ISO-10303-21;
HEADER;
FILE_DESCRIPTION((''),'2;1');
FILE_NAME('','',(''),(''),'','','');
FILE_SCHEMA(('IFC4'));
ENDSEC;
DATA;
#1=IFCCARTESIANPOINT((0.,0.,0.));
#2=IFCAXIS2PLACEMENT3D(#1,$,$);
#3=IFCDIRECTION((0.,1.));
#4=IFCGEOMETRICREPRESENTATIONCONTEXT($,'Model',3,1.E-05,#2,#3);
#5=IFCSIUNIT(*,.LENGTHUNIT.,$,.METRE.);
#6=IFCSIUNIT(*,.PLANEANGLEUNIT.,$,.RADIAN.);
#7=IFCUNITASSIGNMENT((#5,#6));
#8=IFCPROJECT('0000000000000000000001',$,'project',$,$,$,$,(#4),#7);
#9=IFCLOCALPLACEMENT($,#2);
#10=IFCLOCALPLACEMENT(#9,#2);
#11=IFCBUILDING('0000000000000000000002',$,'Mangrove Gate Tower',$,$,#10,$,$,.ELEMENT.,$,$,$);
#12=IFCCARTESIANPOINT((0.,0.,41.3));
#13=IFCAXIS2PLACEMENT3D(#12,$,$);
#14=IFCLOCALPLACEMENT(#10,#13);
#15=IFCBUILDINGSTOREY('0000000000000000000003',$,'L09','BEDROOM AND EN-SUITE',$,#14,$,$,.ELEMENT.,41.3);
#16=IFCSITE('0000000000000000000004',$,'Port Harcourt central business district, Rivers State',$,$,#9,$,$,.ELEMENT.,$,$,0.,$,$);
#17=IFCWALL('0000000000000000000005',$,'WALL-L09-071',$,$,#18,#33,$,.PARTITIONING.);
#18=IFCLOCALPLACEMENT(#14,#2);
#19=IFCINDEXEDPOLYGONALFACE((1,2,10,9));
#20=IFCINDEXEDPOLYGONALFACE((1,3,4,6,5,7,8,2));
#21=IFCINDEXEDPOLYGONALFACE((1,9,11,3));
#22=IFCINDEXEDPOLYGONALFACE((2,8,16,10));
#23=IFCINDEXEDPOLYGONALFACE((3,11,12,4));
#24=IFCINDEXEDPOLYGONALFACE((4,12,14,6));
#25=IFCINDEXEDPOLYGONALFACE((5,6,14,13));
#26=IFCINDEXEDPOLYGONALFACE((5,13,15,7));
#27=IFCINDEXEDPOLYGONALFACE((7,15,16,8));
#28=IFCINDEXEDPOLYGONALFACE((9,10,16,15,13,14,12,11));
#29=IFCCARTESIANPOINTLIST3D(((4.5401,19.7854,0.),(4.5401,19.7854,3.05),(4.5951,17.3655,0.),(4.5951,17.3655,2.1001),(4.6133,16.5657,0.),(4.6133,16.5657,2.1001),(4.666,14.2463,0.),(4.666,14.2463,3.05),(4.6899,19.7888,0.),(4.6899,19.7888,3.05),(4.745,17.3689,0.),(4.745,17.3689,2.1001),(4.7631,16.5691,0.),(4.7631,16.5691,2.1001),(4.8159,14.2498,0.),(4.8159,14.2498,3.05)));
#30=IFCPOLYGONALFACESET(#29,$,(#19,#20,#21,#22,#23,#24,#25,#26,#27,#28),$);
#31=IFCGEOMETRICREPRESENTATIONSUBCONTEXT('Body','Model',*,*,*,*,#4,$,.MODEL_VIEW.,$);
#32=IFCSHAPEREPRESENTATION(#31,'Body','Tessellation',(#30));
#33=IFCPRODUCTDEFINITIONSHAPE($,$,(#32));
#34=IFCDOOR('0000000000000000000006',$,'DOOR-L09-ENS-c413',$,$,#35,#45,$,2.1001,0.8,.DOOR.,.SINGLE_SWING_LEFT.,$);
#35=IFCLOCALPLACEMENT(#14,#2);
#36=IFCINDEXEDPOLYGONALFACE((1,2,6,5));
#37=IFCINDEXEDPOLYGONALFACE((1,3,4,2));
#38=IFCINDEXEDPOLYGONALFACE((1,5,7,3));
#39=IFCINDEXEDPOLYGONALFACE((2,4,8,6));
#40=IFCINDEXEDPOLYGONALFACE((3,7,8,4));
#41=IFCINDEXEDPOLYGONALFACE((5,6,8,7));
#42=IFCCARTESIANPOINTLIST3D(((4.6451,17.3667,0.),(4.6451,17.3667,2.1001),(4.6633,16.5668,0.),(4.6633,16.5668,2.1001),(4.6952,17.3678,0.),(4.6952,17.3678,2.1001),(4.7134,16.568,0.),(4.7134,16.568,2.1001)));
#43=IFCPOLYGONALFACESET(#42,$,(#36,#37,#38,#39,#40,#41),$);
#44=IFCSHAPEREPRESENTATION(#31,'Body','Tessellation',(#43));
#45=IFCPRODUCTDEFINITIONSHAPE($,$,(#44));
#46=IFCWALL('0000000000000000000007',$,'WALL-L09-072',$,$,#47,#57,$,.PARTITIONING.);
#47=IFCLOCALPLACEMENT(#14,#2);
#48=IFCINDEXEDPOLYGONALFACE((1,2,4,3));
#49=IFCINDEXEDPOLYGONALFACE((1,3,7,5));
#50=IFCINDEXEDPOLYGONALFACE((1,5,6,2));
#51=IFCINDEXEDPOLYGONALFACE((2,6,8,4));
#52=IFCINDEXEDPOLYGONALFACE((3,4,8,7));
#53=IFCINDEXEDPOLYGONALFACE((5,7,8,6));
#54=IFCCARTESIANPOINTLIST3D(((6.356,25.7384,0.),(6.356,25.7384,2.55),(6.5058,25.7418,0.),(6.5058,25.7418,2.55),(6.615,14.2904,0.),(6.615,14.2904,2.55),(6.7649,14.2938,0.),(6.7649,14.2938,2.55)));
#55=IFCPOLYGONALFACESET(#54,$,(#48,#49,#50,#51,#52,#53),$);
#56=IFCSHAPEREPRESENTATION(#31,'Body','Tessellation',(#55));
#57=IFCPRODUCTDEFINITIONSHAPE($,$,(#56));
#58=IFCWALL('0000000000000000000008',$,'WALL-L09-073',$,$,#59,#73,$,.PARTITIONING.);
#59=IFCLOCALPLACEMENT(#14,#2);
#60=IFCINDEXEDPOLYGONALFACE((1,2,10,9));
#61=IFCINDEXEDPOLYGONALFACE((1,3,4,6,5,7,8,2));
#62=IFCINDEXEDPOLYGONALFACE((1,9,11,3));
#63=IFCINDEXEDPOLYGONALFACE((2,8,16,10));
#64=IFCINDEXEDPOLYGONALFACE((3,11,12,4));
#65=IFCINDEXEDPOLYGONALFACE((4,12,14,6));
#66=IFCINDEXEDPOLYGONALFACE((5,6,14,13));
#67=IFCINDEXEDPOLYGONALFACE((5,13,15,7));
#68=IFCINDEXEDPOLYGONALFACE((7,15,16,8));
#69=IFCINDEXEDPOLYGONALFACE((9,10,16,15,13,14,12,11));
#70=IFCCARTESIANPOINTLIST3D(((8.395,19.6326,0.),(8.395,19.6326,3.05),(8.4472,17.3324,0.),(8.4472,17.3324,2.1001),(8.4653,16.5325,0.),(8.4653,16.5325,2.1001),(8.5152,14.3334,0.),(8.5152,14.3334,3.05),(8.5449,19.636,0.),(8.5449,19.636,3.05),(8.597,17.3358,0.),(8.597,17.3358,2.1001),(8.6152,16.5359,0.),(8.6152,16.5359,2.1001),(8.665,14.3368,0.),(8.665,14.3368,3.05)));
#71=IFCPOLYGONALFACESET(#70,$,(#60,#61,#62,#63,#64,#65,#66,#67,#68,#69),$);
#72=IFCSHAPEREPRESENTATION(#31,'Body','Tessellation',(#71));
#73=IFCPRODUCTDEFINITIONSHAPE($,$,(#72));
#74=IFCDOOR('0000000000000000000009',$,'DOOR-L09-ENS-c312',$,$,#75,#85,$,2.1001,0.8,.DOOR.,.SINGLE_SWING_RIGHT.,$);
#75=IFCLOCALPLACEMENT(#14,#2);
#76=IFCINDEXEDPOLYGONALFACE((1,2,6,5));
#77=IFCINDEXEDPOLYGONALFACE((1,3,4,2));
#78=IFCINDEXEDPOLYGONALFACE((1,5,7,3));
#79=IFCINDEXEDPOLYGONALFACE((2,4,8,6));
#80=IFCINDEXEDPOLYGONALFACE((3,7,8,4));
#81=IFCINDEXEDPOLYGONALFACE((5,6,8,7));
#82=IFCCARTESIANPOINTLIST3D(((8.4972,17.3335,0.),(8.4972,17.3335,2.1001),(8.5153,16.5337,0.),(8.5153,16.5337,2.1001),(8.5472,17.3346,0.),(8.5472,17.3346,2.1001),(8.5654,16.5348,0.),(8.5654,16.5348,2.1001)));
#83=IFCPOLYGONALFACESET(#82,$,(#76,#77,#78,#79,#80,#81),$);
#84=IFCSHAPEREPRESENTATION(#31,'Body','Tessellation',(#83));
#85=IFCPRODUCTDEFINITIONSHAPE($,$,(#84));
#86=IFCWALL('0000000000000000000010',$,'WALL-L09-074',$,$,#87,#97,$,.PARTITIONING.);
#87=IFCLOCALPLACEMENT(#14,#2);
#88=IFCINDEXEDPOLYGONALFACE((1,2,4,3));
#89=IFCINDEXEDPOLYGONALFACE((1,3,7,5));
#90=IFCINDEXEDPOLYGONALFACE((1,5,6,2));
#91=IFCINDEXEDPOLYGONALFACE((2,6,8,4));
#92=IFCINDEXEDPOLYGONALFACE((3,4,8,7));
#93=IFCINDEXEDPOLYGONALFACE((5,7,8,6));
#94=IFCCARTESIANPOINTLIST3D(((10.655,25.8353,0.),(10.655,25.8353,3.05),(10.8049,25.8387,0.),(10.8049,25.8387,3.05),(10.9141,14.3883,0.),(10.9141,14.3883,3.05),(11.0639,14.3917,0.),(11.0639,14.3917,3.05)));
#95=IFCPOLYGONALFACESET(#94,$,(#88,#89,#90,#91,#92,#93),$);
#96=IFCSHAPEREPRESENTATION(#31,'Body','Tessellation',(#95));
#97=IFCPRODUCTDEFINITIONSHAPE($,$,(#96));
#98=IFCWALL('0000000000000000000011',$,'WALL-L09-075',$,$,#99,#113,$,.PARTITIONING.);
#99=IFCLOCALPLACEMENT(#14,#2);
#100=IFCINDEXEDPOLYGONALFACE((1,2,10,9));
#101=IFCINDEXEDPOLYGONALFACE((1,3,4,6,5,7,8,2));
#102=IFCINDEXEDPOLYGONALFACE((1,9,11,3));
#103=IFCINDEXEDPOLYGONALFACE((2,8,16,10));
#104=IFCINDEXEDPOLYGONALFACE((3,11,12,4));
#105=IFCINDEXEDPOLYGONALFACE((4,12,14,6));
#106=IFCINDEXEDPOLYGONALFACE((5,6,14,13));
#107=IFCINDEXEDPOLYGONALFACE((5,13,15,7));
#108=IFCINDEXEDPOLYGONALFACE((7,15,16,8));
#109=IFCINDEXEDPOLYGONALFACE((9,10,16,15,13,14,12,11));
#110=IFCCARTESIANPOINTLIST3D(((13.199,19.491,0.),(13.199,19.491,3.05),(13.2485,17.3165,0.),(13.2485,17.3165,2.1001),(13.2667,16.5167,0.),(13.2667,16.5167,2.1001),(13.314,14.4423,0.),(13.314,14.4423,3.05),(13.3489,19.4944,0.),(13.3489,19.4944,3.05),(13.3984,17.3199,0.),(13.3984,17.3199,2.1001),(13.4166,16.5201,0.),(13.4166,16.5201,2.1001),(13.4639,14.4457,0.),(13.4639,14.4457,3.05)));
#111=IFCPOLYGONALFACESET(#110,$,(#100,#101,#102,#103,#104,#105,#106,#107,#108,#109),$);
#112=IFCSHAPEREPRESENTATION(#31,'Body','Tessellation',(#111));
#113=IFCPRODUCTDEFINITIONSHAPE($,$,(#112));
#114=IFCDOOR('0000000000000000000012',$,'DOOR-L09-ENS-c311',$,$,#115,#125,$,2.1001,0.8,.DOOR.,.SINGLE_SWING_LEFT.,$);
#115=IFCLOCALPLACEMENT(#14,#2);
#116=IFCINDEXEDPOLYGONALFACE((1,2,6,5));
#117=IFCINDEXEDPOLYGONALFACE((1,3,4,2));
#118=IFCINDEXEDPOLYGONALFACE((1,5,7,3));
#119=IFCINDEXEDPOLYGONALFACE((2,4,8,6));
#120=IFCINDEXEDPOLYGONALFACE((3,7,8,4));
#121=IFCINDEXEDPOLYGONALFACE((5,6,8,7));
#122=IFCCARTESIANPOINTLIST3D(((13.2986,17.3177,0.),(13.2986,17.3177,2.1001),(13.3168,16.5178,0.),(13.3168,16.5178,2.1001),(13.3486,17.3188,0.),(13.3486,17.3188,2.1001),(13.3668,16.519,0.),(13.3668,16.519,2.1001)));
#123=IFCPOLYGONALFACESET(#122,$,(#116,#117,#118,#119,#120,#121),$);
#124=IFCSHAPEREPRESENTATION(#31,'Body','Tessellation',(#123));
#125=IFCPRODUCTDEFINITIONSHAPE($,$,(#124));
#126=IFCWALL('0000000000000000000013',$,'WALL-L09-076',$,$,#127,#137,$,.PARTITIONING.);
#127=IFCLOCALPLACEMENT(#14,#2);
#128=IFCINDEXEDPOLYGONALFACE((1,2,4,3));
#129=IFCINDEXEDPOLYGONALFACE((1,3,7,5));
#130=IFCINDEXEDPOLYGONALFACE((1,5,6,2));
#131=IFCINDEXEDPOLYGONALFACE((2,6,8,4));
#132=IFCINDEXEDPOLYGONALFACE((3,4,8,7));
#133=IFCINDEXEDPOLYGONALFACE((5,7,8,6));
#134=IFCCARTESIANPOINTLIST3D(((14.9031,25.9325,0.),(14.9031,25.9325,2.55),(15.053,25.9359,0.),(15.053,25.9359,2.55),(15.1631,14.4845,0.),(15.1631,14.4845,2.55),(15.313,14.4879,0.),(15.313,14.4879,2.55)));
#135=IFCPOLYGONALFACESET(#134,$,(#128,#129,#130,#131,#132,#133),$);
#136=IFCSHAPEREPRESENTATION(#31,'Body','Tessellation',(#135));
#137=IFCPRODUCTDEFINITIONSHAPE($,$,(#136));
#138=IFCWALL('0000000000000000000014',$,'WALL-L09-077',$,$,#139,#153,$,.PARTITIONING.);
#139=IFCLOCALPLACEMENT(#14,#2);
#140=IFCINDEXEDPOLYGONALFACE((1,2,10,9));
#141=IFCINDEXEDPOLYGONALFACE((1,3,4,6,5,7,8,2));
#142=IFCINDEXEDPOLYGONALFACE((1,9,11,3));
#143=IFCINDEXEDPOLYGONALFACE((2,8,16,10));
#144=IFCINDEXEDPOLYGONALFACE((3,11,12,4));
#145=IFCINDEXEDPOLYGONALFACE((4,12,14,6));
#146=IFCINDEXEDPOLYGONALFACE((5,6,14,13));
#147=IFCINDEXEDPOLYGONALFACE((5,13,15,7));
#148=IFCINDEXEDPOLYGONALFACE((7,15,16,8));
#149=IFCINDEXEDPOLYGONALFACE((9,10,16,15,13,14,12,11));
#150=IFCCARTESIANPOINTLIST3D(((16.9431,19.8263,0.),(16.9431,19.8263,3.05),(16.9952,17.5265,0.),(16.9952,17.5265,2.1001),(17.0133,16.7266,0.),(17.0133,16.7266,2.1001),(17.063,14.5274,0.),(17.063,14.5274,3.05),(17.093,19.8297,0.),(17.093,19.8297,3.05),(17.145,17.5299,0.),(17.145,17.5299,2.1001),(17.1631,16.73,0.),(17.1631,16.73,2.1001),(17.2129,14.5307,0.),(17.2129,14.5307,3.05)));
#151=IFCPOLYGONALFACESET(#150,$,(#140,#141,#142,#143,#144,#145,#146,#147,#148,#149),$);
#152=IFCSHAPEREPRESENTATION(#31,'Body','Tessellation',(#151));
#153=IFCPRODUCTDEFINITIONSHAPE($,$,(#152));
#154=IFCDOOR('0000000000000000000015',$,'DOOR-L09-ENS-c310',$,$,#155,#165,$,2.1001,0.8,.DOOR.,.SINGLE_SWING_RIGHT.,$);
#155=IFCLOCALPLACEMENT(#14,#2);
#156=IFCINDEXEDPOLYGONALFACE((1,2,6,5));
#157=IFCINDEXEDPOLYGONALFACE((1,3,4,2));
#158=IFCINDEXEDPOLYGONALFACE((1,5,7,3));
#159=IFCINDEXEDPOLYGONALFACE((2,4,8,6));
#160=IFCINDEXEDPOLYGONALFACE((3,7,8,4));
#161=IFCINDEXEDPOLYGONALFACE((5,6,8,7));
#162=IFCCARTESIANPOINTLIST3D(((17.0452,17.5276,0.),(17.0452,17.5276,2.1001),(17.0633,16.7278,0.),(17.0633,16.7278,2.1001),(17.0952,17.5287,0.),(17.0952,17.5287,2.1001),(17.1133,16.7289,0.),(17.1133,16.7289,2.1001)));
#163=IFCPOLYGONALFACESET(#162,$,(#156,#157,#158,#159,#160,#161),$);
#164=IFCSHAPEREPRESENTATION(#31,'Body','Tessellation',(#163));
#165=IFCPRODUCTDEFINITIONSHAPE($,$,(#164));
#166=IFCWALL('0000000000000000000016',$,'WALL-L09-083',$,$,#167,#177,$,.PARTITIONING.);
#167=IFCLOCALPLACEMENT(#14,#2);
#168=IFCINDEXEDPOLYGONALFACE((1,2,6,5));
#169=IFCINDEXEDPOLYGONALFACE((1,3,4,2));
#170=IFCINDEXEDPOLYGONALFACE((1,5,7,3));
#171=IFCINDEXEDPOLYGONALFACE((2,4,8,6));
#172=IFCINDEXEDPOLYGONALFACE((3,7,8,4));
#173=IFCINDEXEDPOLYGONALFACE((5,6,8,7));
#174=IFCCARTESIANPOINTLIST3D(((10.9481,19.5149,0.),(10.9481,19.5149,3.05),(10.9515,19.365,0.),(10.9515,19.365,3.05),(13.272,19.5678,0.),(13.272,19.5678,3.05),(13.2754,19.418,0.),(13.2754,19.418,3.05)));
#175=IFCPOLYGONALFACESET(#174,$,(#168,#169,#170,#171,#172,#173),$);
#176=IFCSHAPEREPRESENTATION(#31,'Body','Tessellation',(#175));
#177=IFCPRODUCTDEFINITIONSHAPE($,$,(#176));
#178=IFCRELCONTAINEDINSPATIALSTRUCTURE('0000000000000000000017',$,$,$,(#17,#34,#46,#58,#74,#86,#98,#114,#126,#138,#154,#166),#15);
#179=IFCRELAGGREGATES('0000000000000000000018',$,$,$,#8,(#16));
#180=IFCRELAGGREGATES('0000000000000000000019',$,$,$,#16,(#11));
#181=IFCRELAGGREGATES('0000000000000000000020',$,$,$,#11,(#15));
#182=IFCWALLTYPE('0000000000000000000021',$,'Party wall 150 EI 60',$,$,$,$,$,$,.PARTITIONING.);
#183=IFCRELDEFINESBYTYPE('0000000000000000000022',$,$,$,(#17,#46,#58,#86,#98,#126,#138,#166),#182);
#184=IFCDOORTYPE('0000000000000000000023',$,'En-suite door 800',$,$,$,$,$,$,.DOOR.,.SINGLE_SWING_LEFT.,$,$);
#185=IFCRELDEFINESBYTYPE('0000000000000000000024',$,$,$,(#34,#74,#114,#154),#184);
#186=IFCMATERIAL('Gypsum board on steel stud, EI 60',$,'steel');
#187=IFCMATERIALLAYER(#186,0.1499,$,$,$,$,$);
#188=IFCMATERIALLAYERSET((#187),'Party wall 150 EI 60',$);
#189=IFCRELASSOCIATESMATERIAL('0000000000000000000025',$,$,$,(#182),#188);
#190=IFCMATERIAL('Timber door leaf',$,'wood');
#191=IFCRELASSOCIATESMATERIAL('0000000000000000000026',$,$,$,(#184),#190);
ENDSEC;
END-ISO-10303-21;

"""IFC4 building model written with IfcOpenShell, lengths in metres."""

from ifc_helpers import new_model, si_unit, direction, frame, frame_2d, origin, place, context, subcontext, project, spatial, rectangle, extrude, material, layer, layer_set, type_object, element, fill, save


model = new_model("IFC4")

# Units and contexts
model_context = context("Model", 3, precision=1e-05, world=origin(), true_north=direction((0.0, 1.0)))
body_context = subcontext(model_context, "Body", "Model", "MODEL_VIEW")
ifc_project = project(units=[si_unit("LENGTHUNIT", "METRE"), si_unit("PLANEANGLEUNIT", "RADIAN")], contexts=[model_context])

# Site, building, storey
site_placement = place(None, origin())
site = spatial("IfcSite", under=ifc_project, at=site_placement, Name="Port Harcourt central business district, Rivers State", CompositionType="ELEMENT", RefElevation=0.0)
building_placement = place(site_placement, origin())
building = spatial("IfcBuilding", under=site, at=building_placement, Name="Mangrove Gate Tower", CompositionType="ELEMENT")
storey_placement = place(building_placement, frame((0.0, 0.0, 41.3)))
storey = spatial("IfcBuildingStorey", under=building, at=storey_placement, Name="L09", Description="BEDROOM AND EN-SUITE", CompositionType="ELEMENT", Elevation=41.3)

# Shared definitions
ifc_material_1 = material(Name="Gypsum board on steel stud, EI 60", Category="steel")
ifc_layer_1 = layer(ifc_material_1, 0.1499)
ifc_layer_set_1 = layer_set([ifc_layer_1], Name="Party wall 150 EI 60")
wall_type_1 = type_object("IfcWallType", Name="Party wall 150 EI 60", PredefinedType="PARTITIONING", material=ifc_layer_set_1)
ifc_material_2 = material(Name="Timber door leaf", Category="wood")
door_type_1 = type_object("IfcDoorType", Name="En-suite door 800", OperationType="SINGLE_SWING_LEFT", PredefinedType="DOOR", material=ifc_material_2)

# Wall, opening, door
wall_1_placement = place(storey_placement, frame((4.741, 14.248, 0.0), z_axis=(0.0, 0.0, 1.0), x_axis=(-0.022737, 0.999741, 0.0)))
wall_1 = element("IfcWall", 1, at=wall_1_placement, inside=storey, type_object=wall_type_1, Name="WALL-L09-071", PredefinedType="PARTITIONING", context=body_context, shape_type="SweptSolid", body=[
    extrude(rectangle(XDim=5.5405, YDim=0.1499, at=frame_2d((2.7703, 0.0))), origin(), (0.0, 0.0, 1.0), 3.05),
])
opening_1_placement = place(wall_1_placement, frame((2.3201, 0.0, 0.0)))
opening_1 = element("IfcOpeningElement", 2, at=opening_1_placement, cuts=wall_1, PredefinedType="OPENING", context=body_context, shape_type="SweptSolid", body=[
    extrude(rectangle(XDim=0.8, YDim=2.1001, at=frame_2d((0.3999, 1.05))), frame((0.0, 0.085, 0.0), z_axis=(0.0, -1.0, 0.0), x_axis=(1.0, 0.0, 0.0)), (0.0, 0.0, 1.0), 0.1699),
])
door_1_placement = place(opening_1_placement, origin())
door_1 = element("IfcDoor", 3, at=door_1_placement, inside=storey, type_object=door_type_1, Name="DOOR-L09-ENS-c413", OperationType="SINGLE_SWING_LEFT", OverallHeight=2.1001, OverallWidth=0.8, PredefinedType="DOOR", context=body_context, shape_type="SweptSolid", body=[
    extrude(rectangle(XDim=0.8, YDim=2.1001, at=frame_2d((0.3999, 1.05))), frame((0.0, 0.0249, 0.0), z_axis=(0.0, -1.0, 0.0), x_axis=(1.0, 0.0, 0.0)), (0.0, 0.0, 1.0), 0.05),
])
fill(opening_1, door_1)

# Wall
wall_2_placement = place(storey_placement, frame((6.6899, 14.292, 0.0), z_axis=(0.0, 0.0, 1.0), x_axis=(-0.022621, 0.999744, 0.0)))
element("IfcWall", 4, at=wall_2_placement, inside=storey, type_object=wall_type_1, Name="WALL-L09-072", PredefinedType="PARTITIONING", context=body_context, shape_type="SweptSolid", body=[
    extrude(rectangle(XDim=11.4509, YDim=0.1499, at=frame_2d((5.7256, 0.0))), origin(), (0.0, 0.0, 1.0), 2.55),
])

# Wall, opening, door
wall_3_placement = place(storey_placement, frame((8.5901, 14.335, 0.0), z_axis=(0.0, 0.0, 1.0), x_axis=(-0.022662, 0.999743, 0.0)))
wall_3 = element("IfcWall", 5, at=wall_3_placement, inside=storey, type_object=wall_type_1, Name="WALL-L09-073", PredefinedType="PARTITIONING", context=body_context, shape_type="SweptSolid", body=[
    extrude(rectangle(XDim=5.3005, YDim=0.1499, at=frame_2d((2.6504, 0.0))), origin(), (0.0, 0.0, 1.0), 3.05),
])
opening_2_placement = place(wall_3_placement, frame((2.2, 0.0, 0.0)))
opening_2 = element("IfcOpeningElement", 6, at=opening_2_placement, cuts=wall_3, PredefinedType="OPENING", context=body_context, shape_type="SweptSolid", body=[
    extrude(rectangle(XDim=0.8, YDim=2.1001, at=frame_2d((0.3999, 1.05))), frame((0.0, 0.085, 0.0), z_axis=(0.0, -1.0, 0.0), x_axis=(1.0, 0.0, 0.0)), (0.0, 0.0, 1.0), 0.1699),
])
door_2_placement = place(opening_2_placement, origin())
door_2 = element("IfcDoor", 7, at=door_2_placement, inside=storey, type_object=door_type_1, Name="DOOR-L09-ENS-c312", OperationType="SINGLE_SWING_RIGHT", OverallHeight=2.1001, OverallWidth=0.8, PredefinedType="DOOR", context=body_context, shape_type="SweptSolid", body=[
    extrude(rectangle(XDim=0.8, YDim=2.1001, at=frame_2d((0.3999, 1.05))), frame((0.0, 0.0249, 0.0), z_axis=(0.0, -1.0, 0.0), x_axis=(1.0, 0.0, 0.0)), (0.0, 0.0, 1.0), 0.05),
])
fill(opening_2, door_2)

# Wall
wall_4_placement = place(storey_placement, frame((10.989, 14.3899, 0.0), z_axis=(0.0, 0.0, 1.0), x_axis=(-0.022623, 0.999744, 0.0)))
element("IfcWall", 8, at=wall_4_placement, inside=storey, type_object=wall_type_1, Name="WALL-L09-074", PredefinedType="PARTITIONING", context=body_context, shape_type="SweptSolid", body=[
    extrude(rectangle(XDim=11.45, YDim=0.1499, at=frame_2d((5.7251, 0.0))), origin(), (0.0, 0.0, 1.0), 3.05),
])

# Wall, opening, door
wall_5_placement = place(storey_placement, frame((13.3889, 14.4441, 0.0), z_axis=(0.0, 0.0, 1.0), x_axis=(-0.02277, 0.999741, 0.0)))
wall_5 = element("IfcWall", 9, at=wall_5_placement, inside=storey, type_object=wall_type_1, Name="WALL-L09-075", PredefinedType="PARTITIONING", context=body_context, shape_type="SweptSolid", body=[
    extrude(rectangle(XDim=5.05, YDim=0.1499, at=frame_2d((2.5249, 0.0))), origin(), (0.0, 0.0, 1.0), 3.05),
])
opening_3_placement = place(wall_5_placement, frame((2.075, 0.0, 0.0)))
opening_3 = element("IfcOpeningElement", 10, at=opening_3_placement, cuts=wall_5, PredefinedType="OPENING", context=body_context, shape_type="SweptSolid", body=[
    extrude(rectangle(XDim=0.8, YDim=2.1001, at=frame_2d((0.3999, 1.05))), frame((0.0, 0.085, 0.0), z_axis=(0.0, -1.0, 0.0), x_axis=(1.0, 0.0, 0.0)), (0.0, 0.0, 1.0), 0.1699),
])
door_3_placement = place(opening_3_placement, origin())
door_3 = element("IfcDoor", 11, at=door_3_placement, inside=storey, type_object=door_type_1, Name="DOOR-L09-ENS-c311", OperationType="SINGLE_SWING_LEFT", OverallHeight=2.1001, OverallWidth=0.8, PredefinedType="DOOR", context=body_context, shape_type="SweptSolid", body=[
    extrude(rectangle(XDim=0.8, YDim=2.1001, at=frame_2d((0.3999, 1.05))), frame((0.0, 0.0249, 0.0), z_axis=(0.0, -1.0, 0.0), x_axis=(1.0, 0.0, 0.0)), (0.0, 0.0, 1.0), 0.05),
])
fill(opening_3, door_3)

# Wall
wall_6_placement = place(storey_placement, frame((15.238, 14.4861, 0.0), z_axis=(0.0, 0.0, 1.0), x_axis=(-0.022706, 0.999742, 0.0)))
element("IfcWall", 12, at=wall_6_placement, inside=storey, type_object=wall_type_1, Name="WALL-L09-076", PredefinedType="PARTITIONING", context=body_context, shape_type="SweptSolid", body=[
    extrude(rectangle(XDim=11.4509, YDim=0.1499, at=frame_2d((5.7256, 0.0))), origin(), (0.0, 0.0, 1.0), 2.55),
])

# Wall, opening, door
wall_7_placement = place(storey_placement, frame((17.1379, 14.5291, 0.0), z_axis=(0.0, 0.0, 1.0), x_axis=(-0.022617, 0.999744, 0.0)))
wall_7 = element("IfcWall", 13, at=wall_7_placement, inside=storey, type_object=wall_type_1, Name="WALL-L09-077", PredefinedType="PARTITIONING", context=body_context, shape_type="SweptSolid", body=[
    extrude(rectangle(XDim=5.3003, YDim=0.1499, at=frame_2d((2.6501, 0.0))), origin(), (0.0, 0.0, 1.0), 3.05),
])
opening_4_placement = place(wall_7_placement, frame((2.2, 0.0, 0.0)))
opening_4 = element("IfcOpeningElement", 14, at=opening_4_placement, cuts=wall_7, PredefinedType="OPENING", context=body_context, shape_type="SweptSolid", body=[
    extrude(rectangle(XDim=0.8, YDim=2.1001, at=frame_2d((0.3999, 1.05))), frame((0.0, 0.085, 0.0), z_axis=(0.0, -1.0, 0.0), x_axis=(1.0, 0.0, 0.0)), (0.0, 0.0, 1.0), 0.1699),
])
door_4_placement = place(opening_4_placement, origin())
door_4 = element("IfcDoor", 15, at=door_4_placement, inside=storey, type_object=door_type_1, Name="DOOR-L09-ENS-c310", OperationType="SINGLE_SWING_RIGHT", OverallHeight=2.1001, OverallWidth=0.8, PredefinedType="DOOR", context=body_context, shape_type="SweptSolid", body=[
    extrude(rectangle(XDim=0.8, YDim=2.1001, at=frame_2d((0.3999, 1.05))), frame((0.0, 0.0249, 0.0), z_axis=(0.0, -1.0, 0.0), x_axis=(1.0, 0.0, 0.0)), (0.0, 0.0, 1.0), 0.05),
])
fill(opening_4, door_4)

# Wall
for number, where, z_axis, x_axis, name in (
    (16, (10.95, 19.4399, 0.0), (0.0, 0.0, 1.0), (0.99974, 0.022791, 0.0), "WALL-L09-083"),
):
    element("IfcWall", number, at=place(storey_placement, frame(where, z_axis=z_axis, x_axis=x_axis)), inside=storey, type_object=wall_type_1, Name=name, PredefinedType="PARTITIONING", context=body_context, shape_type="SweptSolid", body=[
        extrude(rectangle(XDim=2.3245, YDim=0.1499, at=frame_2d((1.1621, 0.0))), origin(), (0.0, 0.0, 1.0), 3.05),
    ])

save(model, "model.ifc")
